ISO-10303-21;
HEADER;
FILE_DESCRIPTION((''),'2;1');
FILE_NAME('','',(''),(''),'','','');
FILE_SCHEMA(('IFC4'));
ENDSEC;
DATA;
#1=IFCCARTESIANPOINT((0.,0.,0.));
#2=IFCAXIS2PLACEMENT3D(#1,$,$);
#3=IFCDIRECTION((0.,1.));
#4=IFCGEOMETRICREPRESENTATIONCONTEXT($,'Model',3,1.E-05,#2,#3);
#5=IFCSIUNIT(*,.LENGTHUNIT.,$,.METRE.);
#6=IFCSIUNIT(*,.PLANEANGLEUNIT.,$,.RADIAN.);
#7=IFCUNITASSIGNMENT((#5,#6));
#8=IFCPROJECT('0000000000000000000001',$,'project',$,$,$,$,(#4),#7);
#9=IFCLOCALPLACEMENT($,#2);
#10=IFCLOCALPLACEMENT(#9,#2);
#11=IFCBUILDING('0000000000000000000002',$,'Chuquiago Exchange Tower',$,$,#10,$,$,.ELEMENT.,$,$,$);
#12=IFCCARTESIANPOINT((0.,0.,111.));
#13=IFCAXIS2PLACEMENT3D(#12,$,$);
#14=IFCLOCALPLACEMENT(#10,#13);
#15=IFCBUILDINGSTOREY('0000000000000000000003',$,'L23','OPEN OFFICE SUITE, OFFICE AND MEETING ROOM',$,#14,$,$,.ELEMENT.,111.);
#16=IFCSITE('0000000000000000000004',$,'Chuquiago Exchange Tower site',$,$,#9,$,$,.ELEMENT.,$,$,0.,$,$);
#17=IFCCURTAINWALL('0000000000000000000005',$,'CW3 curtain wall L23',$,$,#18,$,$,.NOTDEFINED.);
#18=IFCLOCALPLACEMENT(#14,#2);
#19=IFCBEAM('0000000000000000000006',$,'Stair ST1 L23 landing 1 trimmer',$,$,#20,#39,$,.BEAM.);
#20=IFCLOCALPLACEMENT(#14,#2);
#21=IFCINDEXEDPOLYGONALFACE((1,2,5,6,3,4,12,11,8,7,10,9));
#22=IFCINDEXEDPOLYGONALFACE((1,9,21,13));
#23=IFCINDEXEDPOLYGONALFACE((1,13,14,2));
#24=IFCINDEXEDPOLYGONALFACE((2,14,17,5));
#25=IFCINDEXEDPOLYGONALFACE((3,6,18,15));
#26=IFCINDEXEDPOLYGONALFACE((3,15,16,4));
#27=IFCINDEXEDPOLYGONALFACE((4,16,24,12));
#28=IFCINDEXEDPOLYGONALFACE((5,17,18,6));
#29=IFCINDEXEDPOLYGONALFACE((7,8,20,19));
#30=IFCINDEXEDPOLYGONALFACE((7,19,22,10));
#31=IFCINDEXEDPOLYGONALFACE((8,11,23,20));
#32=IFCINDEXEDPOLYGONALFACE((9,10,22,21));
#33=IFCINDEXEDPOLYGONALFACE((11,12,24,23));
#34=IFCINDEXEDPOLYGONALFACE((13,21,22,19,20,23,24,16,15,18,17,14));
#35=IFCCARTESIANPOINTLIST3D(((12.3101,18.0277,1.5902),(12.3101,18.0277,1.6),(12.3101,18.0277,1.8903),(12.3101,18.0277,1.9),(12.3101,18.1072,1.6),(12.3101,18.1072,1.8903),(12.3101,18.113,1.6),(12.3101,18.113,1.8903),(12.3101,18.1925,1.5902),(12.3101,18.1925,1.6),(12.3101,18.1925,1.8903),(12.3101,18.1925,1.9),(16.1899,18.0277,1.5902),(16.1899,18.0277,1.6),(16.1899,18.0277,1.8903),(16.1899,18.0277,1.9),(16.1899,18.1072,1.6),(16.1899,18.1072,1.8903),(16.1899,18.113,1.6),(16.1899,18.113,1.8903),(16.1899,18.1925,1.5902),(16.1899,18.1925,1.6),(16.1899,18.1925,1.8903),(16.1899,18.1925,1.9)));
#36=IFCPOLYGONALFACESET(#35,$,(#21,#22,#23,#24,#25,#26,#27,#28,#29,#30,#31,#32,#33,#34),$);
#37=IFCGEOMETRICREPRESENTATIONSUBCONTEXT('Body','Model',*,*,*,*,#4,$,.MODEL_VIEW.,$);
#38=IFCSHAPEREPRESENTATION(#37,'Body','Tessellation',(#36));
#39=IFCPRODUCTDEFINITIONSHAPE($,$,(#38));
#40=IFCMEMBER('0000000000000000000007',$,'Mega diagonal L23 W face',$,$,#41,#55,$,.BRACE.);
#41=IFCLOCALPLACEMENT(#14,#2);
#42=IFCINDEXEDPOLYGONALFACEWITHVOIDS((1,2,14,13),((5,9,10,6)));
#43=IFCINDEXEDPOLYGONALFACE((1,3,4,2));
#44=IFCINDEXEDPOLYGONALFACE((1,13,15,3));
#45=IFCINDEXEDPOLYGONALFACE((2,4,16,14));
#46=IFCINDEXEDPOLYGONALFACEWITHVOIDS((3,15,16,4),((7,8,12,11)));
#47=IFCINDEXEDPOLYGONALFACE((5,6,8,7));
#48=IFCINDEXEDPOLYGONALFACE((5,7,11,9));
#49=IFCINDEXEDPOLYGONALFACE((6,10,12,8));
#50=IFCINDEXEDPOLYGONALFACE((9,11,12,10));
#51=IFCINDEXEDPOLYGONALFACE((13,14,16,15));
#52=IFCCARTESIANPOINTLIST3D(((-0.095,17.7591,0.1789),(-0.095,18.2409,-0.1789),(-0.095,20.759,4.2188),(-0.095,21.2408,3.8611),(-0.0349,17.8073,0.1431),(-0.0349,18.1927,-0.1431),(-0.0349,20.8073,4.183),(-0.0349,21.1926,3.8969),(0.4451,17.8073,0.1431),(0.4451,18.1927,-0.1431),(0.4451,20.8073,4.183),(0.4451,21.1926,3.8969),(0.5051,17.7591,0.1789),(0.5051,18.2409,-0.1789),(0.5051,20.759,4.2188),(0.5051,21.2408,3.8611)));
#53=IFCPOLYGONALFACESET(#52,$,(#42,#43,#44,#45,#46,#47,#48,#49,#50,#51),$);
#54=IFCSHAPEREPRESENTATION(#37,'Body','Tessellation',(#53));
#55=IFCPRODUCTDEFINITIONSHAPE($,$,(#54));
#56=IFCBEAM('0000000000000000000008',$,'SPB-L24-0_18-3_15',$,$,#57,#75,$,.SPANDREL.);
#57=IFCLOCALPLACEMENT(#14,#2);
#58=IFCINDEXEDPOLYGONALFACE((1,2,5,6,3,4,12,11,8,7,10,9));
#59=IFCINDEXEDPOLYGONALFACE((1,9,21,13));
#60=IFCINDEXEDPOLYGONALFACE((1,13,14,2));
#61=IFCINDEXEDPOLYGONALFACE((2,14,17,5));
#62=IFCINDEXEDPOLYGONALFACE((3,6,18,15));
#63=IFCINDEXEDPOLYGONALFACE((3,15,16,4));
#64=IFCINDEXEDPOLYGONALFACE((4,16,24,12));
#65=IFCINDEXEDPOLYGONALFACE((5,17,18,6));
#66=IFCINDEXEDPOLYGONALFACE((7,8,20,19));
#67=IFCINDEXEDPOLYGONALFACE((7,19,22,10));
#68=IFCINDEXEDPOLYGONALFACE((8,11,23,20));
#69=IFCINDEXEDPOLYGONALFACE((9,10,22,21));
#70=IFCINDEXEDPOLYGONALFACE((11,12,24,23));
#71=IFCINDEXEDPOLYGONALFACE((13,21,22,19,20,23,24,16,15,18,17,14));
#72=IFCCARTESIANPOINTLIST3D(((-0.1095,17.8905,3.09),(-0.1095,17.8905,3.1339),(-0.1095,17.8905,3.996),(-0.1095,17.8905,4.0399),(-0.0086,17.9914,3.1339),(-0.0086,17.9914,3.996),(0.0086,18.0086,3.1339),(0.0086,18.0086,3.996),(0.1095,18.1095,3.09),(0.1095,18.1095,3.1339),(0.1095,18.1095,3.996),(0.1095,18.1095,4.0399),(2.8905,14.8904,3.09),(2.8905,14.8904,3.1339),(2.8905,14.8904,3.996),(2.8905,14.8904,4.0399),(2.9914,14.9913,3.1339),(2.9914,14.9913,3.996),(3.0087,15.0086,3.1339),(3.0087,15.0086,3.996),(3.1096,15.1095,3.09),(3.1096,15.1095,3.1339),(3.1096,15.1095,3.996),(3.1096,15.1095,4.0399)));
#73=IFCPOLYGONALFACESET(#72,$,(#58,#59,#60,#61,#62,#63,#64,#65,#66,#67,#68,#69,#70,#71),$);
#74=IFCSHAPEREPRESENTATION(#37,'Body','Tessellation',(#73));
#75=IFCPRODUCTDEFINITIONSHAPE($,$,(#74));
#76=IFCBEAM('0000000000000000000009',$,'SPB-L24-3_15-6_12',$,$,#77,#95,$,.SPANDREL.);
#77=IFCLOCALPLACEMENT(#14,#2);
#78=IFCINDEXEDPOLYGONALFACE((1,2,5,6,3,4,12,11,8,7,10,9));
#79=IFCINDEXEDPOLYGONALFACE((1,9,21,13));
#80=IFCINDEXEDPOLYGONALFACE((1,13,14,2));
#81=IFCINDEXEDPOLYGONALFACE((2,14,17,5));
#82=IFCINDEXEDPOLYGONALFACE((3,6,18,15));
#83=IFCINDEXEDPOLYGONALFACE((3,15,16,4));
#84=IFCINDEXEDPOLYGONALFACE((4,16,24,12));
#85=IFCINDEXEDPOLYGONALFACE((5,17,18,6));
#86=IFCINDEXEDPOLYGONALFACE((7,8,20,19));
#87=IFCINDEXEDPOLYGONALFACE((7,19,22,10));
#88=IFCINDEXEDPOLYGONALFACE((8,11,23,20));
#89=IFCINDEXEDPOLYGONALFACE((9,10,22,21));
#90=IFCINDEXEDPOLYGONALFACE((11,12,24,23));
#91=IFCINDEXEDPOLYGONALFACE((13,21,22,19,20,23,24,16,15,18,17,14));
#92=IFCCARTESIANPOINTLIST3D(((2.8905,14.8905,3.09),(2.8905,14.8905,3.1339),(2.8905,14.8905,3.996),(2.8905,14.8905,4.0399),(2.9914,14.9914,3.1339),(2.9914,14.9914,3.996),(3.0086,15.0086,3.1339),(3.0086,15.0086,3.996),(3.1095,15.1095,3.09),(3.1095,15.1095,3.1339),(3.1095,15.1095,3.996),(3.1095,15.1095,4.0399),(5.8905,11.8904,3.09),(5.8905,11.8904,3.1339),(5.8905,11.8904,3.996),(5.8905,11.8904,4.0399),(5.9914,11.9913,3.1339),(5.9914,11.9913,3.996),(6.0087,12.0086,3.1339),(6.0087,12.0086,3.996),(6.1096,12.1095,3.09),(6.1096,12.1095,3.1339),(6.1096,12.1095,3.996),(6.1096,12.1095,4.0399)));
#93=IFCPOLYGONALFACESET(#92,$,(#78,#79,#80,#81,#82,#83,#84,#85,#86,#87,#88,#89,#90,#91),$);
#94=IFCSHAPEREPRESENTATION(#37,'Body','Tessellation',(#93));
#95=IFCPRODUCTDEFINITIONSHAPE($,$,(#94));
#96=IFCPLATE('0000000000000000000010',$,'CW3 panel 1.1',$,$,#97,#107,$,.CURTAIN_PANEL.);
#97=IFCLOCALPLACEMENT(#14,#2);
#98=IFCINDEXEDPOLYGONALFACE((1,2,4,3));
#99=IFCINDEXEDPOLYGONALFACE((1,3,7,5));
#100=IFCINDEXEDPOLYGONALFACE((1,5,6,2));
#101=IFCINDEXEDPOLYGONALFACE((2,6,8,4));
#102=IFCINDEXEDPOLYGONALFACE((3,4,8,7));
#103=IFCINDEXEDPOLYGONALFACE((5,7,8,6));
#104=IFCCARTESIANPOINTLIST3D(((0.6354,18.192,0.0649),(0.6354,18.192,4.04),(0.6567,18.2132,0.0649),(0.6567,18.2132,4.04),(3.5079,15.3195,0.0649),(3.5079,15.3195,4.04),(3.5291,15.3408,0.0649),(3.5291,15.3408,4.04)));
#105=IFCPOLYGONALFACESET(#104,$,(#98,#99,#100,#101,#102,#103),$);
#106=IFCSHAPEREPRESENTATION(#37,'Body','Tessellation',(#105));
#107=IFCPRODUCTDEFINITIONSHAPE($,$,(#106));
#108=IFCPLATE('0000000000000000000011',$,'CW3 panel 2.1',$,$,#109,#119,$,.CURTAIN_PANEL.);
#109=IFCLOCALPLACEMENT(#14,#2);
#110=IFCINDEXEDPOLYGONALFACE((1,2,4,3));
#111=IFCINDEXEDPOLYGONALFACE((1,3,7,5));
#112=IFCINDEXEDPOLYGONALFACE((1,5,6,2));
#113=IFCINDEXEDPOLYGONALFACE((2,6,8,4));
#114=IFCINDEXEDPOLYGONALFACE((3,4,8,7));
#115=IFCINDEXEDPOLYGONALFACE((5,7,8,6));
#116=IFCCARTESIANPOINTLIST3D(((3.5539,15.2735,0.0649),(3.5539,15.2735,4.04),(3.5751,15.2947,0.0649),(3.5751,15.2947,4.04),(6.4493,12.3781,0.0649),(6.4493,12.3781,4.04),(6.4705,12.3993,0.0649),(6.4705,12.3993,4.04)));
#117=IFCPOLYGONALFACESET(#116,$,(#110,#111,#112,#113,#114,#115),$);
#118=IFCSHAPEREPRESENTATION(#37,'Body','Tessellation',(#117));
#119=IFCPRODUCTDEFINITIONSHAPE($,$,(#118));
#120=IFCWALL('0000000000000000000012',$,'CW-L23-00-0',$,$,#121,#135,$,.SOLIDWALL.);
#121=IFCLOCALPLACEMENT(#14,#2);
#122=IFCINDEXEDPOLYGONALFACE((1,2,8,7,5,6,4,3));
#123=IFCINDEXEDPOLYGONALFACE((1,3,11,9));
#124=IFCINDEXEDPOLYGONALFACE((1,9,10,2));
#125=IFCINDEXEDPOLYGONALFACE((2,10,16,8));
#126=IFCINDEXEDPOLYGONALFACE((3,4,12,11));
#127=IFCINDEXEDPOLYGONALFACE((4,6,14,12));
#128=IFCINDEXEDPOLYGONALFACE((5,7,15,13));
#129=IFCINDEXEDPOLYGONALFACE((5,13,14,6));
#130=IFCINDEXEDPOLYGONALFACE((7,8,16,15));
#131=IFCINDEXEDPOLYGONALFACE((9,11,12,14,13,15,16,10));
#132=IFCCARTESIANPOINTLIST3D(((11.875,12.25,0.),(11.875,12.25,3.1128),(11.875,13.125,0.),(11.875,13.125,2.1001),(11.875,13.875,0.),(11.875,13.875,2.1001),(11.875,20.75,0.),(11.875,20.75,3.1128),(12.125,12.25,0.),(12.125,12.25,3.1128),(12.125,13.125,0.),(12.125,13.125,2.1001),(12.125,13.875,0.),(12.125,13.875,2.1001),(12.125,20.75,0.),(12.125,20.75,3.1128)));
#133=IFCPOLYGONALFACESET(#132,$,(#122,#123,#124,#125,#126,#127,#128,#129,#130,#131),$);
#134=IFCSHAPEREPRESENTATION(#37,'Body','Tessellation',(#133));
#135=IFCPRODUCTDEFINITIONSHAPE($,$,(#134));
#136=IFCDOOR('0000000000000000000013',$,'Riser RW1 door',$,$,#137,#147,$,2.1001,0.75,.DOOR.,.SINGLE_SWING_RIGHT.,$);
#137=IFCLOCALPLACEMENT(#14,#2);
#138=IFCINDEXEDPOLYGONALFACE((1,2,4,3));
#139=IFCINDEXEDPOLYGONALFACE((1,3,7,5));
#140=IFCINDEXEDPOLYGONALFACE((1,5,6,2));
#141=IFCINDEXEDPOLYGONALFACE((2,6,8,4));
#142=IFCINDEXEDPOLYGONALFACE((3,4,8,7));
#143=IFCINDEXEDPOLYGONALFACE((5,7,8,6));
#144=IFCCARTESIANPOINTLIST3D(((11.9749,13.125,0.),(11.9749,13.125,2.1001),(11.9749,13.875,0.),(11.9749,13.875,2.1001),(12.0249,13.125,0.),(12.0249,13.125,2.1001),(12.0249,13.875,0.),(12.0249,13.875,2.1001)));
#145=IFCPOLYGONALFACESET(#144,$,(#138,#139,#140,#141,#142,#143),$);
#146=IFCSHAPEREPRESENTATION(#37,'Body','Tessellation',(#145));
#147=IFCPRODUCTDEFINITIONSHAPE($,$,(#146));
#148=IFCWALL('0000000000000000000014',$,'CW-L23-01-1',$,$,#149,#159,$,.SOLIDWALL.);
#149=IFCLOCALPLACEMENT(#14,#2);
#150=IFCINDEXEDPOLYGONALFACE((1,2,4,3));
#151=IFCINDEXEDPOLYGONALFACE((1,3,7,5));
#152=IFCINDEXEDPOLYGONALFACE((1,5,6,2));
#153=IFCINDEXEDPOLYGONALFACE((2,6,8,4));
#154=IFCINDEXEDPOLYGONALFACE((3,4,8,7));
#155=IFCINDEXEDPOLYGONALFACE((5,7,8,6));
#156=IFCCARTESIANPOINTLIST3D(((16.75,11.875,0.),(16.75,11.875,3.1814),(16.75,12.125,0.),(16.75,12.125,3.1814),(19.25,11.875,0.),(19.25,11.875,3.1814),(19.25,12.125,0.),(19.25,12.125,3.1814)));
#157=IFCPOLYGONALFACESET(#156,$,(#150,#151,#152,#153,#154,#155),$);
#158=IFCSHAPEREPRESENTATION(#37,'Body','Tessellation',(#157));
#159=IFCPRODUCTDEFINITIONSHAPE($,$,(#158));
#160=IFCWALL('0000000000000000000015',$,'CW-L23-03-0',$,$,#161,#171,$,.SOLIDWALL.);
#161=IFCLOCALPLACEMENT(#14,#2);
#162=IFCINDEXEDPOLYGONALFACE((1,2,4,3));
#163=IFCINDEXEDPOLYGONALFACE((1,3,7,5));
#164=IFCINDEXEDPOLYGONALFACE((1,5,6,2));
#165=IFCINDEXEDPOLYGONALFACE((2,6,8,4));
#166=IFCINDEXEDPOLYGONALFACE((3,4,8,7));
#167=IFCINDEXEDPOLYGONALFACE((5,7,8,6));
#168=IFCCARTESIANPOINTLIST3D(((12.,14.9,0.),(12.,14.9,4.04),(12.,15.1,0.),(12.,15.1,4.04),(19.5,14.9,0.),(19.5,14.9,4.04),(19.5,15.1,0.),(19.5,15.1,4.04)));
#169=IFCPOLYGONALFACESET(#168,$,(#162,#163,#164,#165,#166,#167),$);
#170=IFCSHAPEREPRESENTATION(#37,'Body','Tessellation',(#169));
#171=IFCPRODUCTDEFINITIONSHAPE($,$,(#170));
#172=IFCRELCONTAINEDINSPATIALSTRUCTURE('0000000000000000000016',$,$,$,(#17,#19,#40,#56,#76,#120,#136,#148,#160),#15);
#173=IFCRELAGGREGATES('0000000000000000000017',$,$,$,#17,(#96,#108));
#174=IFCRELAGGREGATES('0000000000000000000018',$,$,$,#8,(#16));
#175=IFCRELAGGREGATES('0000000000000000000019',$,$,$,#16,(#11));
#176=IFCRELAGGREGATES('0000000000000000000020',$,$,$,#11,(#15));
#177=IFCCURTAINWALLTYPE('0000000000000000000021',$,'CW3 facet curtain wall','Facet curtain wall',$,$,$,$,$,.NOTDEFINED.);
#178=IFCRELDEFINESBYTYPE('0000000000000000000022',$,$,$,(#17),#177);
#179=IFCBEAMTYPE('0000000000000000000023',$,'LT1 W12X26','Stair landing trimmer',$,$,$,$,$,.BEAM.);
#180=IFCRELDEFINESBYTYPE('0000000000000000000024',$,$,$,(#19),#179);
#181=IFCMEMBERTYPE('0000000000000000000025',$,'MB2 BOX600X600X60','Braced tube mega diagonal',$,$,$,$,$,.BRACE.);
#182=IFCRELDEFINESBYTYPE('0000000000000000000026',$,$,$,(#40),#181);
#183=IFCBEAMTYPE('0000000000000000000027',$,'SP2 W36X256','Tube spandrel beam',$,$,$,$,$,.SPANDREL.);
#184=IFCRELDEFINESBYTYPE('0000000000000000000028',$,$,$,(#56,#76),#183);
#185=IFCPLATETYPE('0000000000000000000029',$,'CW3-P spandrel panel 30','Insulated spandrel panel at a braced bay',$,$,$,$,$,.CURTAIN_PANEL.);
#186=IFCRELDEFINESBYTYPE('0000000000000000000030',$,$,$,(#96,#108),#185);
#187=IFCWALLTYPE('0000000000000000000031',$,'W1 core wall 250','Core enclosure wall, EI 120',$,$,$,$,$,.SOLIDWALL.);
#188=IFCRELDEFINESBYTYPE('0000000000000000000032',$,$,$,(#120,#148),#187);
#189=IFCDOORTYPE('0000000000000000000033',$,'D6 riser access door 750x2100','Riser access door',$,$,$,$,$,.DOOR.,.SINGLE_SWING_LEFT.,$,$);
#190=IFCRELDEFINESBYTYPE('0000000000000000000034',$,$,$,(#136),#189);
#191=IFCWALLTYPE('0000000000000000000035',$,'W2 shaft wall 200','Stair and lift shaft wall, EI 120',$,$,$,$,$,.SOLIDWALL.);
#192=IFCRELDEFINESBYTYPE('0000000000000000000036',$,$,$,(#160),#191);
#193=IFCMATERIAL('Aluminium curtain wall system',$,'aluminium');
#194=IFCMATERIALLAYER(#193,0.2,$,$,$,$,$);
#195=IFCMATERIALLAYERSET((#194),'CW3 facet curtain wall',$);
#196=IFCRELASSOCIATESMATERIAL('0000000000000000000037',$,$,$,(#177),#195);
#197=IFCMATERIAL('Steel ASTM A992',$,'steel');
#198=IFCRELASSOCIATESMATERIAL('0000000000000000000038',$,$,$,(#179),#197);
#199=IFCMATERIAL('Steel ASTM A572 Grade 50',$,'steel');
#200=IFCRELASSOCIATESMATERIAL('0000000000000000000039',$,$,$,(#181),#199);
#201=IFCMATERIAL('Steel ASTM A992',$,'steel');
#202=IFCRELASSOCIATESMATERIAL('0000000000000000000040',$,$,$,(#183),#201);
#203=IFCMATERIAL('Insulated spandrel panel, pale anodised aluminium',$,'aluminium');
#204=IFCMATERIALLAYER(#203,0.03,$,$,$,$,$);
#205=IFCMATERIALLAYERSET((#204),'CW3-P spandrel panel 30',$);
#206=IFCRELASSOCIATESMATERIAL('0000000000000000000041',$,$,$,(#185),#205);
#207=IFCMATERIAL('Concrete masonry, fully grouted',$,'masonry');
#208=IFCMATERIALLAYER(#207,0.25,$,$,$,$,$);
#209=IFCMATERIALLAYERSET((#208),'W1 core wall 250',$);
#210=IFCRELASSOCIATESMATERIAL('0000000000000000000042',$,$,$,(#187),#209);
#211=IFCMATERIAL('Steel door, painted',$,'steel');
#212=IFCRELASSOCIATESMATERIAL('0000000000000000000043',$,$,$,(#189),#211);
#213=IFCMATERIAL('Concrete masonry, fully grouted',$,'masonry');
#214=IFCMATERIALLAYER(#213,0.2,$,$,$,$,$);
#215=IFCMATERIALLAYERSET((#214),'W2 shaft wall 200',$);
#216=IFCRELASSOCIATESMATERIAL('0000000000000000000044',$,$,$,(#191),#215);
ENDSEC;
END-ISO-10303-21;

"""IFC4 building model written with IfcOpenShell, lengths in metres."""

from ifc_helpers import new_model, si_unit, direction, frame, frame_2d, origin, origin_2d, place, context, subcontext, project, spatial, rectangle, hollow_rectangle, i_section, extrude, material, layer, layer_set, material_profile, profile_set, type_object, element, fill, aggregate, save


model = new_model("IFC4")

# Units and contexts
model_context = context("Model", 3, precision=1e-05, world=origin(), true_north=direction((0.0, 1.0)))
body_context = subcontext(model_context, "Body", "Model", "MODEL_VIEW")
ifc_project = project(units=[si_unit("LENGTHUNIT", "METRE"), si_unit("PLANEANGLEUNIT", "RADIAN")], contexts=[model_context])

# Site, building, storey
site_placement = place(None, origin())
site = spatial("IfcSite", under=ifc_project, at=site_placement, Name="Chuquiago Exchange Tower site", CompositionType="ELEMENT", RefElevation=0.0)
building_placement = place(site_placement, origin())
building = spatial("IfcBuilding", under=site, at=building_placement, Name="Chuquiago Exchange Tower", CompositionType="ELEMENT")
storey_placement = place(building_placement, frame((0.0, 0.0, 111.0)))
storey = spatial("IfcBuildingStorey", under=building, at=storey_placement, Name="L23", Description="OPEN OFFICE SUITE, OFFICE AND MEETING ROOM", CompositionType="ELEMENT", Elevation=111.0)

# Curtain wall
ifc_material_1 = material(Name="Aluminium curtain wall system", Category="aluminium")
ifc_layer_1 = layer(ifc_material_1, 0.2)
ifc_layer_set_1 = layer_set([ifc_layer_1], Name="CW3 facet curtain wall")
curtain_wall_type_1 = type_object("IfcCurtainWallType", Name="CW3 facet curtain wall", Description="Facet curtain wall", PredefinedType="NOTDEFINED", material=ifc_layer_set_1)
curtain_wall_1_placement = place(storey_placement, origin())
curtain_wall_1 = element("IfcCurtainWall", 1, at=curtain_wall_1_placement, inside=storey, type_object=curtain_wall_type_1, Name="CW3 curtain wall L23", PredefinedType="NOTDEFINED")

# Beam
ifc_material_2 = material(Name="Steel ASTM A992", Category="steel")
ifc_material_profile_1 = material_profile(ifc_material_2, i_section(OverallWidth=0.1648, OverallDepth=0.3098, WebThickness=0.0059, FlangeThickness=0.0098, at=origin_2d()), Name="W12X26")
ifc_profile_set_1 = profile_set([ifc_material_profile_1], Name="Steel ASTM A992")
beam_type_1 = type_object("IfcBeamType", Name="LT1 W12X26", Description="Stair landing trimmer", PredefinedType="BEAM", material=ifc_profile_set_1)
for number, where, z_axis, x_axis, name in (
    (2, (12.3101, 18.1101, 1.7451), (1.0, 0.0, 0.0), (0.0, 1.0, 0.0), "Stair ST1 L23 landing 1 trimmer"),
):
    element("IfcBeam", number, at=place(storey_placement, frame(where, z_axis=z_axis, x_axis=x_axis)), inside=storey, type_object=beam_type_1, Name=name, PredefinedType="BEAM", context=body_context, shape_type="SweptSolid", body=[
        extrude(i_section(OverallWidth=0.1648, OverallDepth=0.3098, WebThickness=0.0059, FlangeThickness=0.0098, at=origin_2d()), origin(), (0.0, 0.0, 1.0), 3.8799),
    ])

# Member
ifc_material_3 = material(Name="Steel ASTM A572 Grade 50", Category="steel")
ifc_material_profile_2 = material_profile(ifc_material_3, hollow_rectangle(XDim=0.6001, YDim=0.6001, WallThickness=0.0601, at=origin_2d()), Name="BOX600X600X60")
ifc_profile_set_2 = profile_set([ifc_material_profile_2], Name="Steel ASTM A572 Grade 50")
member_type_1 = type_object("IfcMemberType", Name="MB2 BOX600X600X60", Description="Braced tube mega diagonal", PredefinedType="BRACE", material=ifc_profile_set_2)
member_1_placement = place(storey_placement, frame((0.2051, 18.0, 0.0), z_axis=(0.0, 0.596174, 0.802855), x_axis=(-1.0, 0.0, 0.0)))
element("IfcMember", 3, at=member_1_placement, inside=storey, type_object=member_type_1, Name="Mega diagonal L23 W face", PredefinedType="BRACE", context=body_context, shape_type="SweptSolid", body=[
    extrude(hollow_rectangle(XDim=0.6001, YDim=0.6001, WallThickness=0.0601, at=origin_2d()), origin(), (0.0, 0.0, 1.0), 5.032),
])

# Beams
ifc_material_4 = material(Name="Steel ASTM A992", Category="steel")
ifc_material_profile_3 = material_profile(ifc_material_4, i_section(OverallWidth=0.3098, OverallDepth=0.95, WebThickness=0.0244, FlangeThickness=0.0439, at=origin_2d()), Name="W36X256")
ifc_profile_set_3 = profile_set([ifc_material_profile_3], Name="Steel ASTM A992")
beam_type_2 = type_object("IfcBeamType", Name="SP2 W36X256", Description="Tube spandrel beam", PredefinedType="SPANDREL", material=ifc_profile_set_3)
for number, where, z_axis, x_axis, name in (
    (4, (0.0, 18.0, 3.5649), (0.707107, -0.707107, 0.0), (0.707107, 0.707107, 0.0), "SPB-L24-0_18-3_15"),
    (5, (3.0, 15.0, 3.5649), (0.707107, -0.707107, 0.0), (0.707107, 0.707107, 0.0), "SPB-L24-3_15-6_12"),
):
    element("IfcBeam", number, at=place(storey_placement, frame(where, z_axis=z_axis, x_axis=x_axis)), inside=storey, type_object=beam_type_2, Name=name, PredefinedType="SPANDREL", context=body_context, shape_type="SweptSolid", body=[
        extrude(i_section(OverallWidth=0.3098, OverallDepth=0.95, WebThickness=0.0244, FlangeThickness=0.0439, at=origin_2d()), origin(), (0.0, 0.0, 1.0), 4.2427),
    ])

# Plates
ifc_material_5 = material(Name="Insulated spandrel panel, pale anodised aluminium", Category="aluminium")
ifc_layer_2 = layer(ifc_material_5, 0.03)
ifc_layer_set_2 = layer_set([ifc_layer_2], Name="CW3-P spandrel panel 30")
plate_type = type_object("IfcPlateType", Name="CW3-P spandrel panel 30", Description="Insulated spandrel panel at a braced bay", PredefinedType="CURTAIN_PANEL", material=ifc_layer_set_2)
plate_1_placement = place(storey_placement, frame((2.0823, 16.7664, 0.0649), z_axis=(0.0, 0.0, 1.0), x_axis=(0.707107, -0.707107, 0.0)))
plate_1 = element("IfcPlate", 6, at=plate_1_placement, type_object=plate_type, Name="CW3 panel 1.1", PredefinedType="CURTAIN_PANEL", context=body_context, shape_type="SweptSolid", body=[
    extrude(rectangle(XDim=4.0623, YDim=0.03, at=origin_2d()), origin(), (0.0, 0.0, 1.0), 3.9751),
])
plate_2_placement = place(storey_placement, frame((5.0122, 13.8364, 0.0649), z_axis=(0.0, 0.0, 1.0), x_axis=(0.707107, -0.707107, 0.0)))
plate_2 = element("IfcPlate", 7, at=plate_2_placement, type_object=plate_type, Name="CW3 panel 2.1", PredefinedType="CURTAIN_PANEL", context=body_context, shape_type="SweptSolid", body=[
    extrude(rectangle(XDim=4.0947, YDim=0.03, at=origin_2d()), origin(), (0.0, 0.0, 1.0), 3.9751),
])
aggregate(curtain_wall_1, [plate_1, plate_2])

# Wall, opening, door
ifc_material_6 = material(Name="Concrete masonry, fully grouted", Category="masonry")
ifc_layer_3 = layer(ifc_material_6, 0.25)
ifc_layer_set_3 = layer_set([ifc_layer_3], Name="W1 core wall 250")
wall_type_1 = type_object("IfcWallType", Name="W1 core wall 250", Description="Core enclosure wall, EI 120", PredefinedType="SOLIDWALL", material=ifc_layer_set_3)
wall_1_placement = place(storey_placement, frame((12.0, 12.25, 0.0), z_axis=(0.0, 0.0, 1.0), x_axis=(0.0, 1.0, 0.0)))
wall_1 = element("IfcWall", 8, at=wall_1_placement, inside=storey, type_object=wall_type_1, Name="CW-L23-00-0", PredefinedType="SOLIDWALL", context=body_context, shape_type="SweptSolid", body=[
    extrude(rectangle(XDim=8.5, YDim=0.25, at=frame_2d((4.25, 0.0))), origin(), (0.0, 0.0, 1.0), 3.1128),
])
opening_1_placement = place(wall_1_placement, frame((0.875, 0.0, 0.0)))
opening_1 = element("IfcOpeningElement", 9, at=opening_1_placement, cuts=wall_1, PredefinedType="OPENING", context=body_context, shape_type="SweptSolid", body=[
    extrude(rectangle(XDim=0.75, YDim=2.1001, at=frame_2d((0.375, 1.05))), frame((0.0, 0.135, 0.0), z_axis=(0.0, -1.0, 0.0), x_axis=(1.0, 0.0, 0.0)), (0.0, 0.0, 1.0), 0.27),
])
ifc_material_7 = material(Name="Steel door, painted", Category="steel")
door_type_1 = type_object("IfcDoorType", Name="D6 riser access door 750x2100", Description="Riser access door", OperationType="SINGLE_SWING_LEFT", PredefinedType="DOOR", material=ifc_material_7)
door_1_placement = place(opening_1_placement, frame((0.75, 0.0, 0.0), z_axis=(0.0, 0.0, 1.0), x_axis=(-1.0, 0.0, 0.0)))
door_1 = element("IfcDoor", 10, at=door_1_placement, inside=storey, type_object=door_type_1, Name="Riser RW1 door", OperationType="SINGLE_SWING_RIGHT", OverallHeight=2.1001, OverallWidth=0.75, PredefinedType="DOOR", context=body_context, shape_type="SweptSolid", body=[
    extrude(rectangle(XDim=0.75, YDim=2.1001, at=frame_2d((0.375, 1.05))), frame((0.0, 0.0249, 0.0), z_axis=(0.0, -1.0, 0.0), x_axis=(1.0, 0.0, 0.0)), (0.0, 0.0, 1.0), 0.05),
])
fill(opening_1, door_1)

# Walls
wall_2_placement = place(storey_placement, frame((16.75, 12.0, 0.0), z_axis=(0.0, 0.0, 1.0), x_axis=(1.0, 0.0, 0.0)))
element("IfcWall", 11, at=wall_2_placement, inside=storey, type_object=wall_type_1, Name="CW-L23-01-1", PredefinedType="SOLIDWALL", context=body_context, shape_type="SweptSolid", body=[
    extrude(rectangle(XDim=2.5, YDim=0.25, at=frame_2d((1.25, 0.0))), origin(), (0.0, 0.0, 1.0), 3.1814),
])
ifc_material_8 = material(Name="Concrete masonry, fully grouted", Category="masonry")
ifc_layer_4 = layer(ifc_material_8, 0.2)
ifc_layer_set_4 = layer_set([ifc_layer_4], Name="W2 shaft wall 200")
wall_type_2 = type_object("IfcWallType", Name="W2 shaft wall 200", Description="Stair and lift shaft wall, EI 120", PredefinedType="SOLIDWALL", material=ifc_layer_set_4)
wall_3_placement = place(storey_placement, frame((12.0, 15.0, 0.0), z_axis=(0.0, 0.0, 1.0), x_axis=(1.0, 0.0, 0.0)))
element("IfcWall", 12, at=wall_3_placement, inside=storey, type_object=wall_type_2, Name="CW-L23-03-0", PredefinedType="SOLIDWALL", context=body_context, shape_type="SweptSolid", body=[
    extrude(rectangle(XDim=7.5, YDim=0.2, at=frame_2d((3.75, 0.0))), origin(), (0.0, 0.0, 1.0), 4.04),
])

save(model, "model.ifc")
